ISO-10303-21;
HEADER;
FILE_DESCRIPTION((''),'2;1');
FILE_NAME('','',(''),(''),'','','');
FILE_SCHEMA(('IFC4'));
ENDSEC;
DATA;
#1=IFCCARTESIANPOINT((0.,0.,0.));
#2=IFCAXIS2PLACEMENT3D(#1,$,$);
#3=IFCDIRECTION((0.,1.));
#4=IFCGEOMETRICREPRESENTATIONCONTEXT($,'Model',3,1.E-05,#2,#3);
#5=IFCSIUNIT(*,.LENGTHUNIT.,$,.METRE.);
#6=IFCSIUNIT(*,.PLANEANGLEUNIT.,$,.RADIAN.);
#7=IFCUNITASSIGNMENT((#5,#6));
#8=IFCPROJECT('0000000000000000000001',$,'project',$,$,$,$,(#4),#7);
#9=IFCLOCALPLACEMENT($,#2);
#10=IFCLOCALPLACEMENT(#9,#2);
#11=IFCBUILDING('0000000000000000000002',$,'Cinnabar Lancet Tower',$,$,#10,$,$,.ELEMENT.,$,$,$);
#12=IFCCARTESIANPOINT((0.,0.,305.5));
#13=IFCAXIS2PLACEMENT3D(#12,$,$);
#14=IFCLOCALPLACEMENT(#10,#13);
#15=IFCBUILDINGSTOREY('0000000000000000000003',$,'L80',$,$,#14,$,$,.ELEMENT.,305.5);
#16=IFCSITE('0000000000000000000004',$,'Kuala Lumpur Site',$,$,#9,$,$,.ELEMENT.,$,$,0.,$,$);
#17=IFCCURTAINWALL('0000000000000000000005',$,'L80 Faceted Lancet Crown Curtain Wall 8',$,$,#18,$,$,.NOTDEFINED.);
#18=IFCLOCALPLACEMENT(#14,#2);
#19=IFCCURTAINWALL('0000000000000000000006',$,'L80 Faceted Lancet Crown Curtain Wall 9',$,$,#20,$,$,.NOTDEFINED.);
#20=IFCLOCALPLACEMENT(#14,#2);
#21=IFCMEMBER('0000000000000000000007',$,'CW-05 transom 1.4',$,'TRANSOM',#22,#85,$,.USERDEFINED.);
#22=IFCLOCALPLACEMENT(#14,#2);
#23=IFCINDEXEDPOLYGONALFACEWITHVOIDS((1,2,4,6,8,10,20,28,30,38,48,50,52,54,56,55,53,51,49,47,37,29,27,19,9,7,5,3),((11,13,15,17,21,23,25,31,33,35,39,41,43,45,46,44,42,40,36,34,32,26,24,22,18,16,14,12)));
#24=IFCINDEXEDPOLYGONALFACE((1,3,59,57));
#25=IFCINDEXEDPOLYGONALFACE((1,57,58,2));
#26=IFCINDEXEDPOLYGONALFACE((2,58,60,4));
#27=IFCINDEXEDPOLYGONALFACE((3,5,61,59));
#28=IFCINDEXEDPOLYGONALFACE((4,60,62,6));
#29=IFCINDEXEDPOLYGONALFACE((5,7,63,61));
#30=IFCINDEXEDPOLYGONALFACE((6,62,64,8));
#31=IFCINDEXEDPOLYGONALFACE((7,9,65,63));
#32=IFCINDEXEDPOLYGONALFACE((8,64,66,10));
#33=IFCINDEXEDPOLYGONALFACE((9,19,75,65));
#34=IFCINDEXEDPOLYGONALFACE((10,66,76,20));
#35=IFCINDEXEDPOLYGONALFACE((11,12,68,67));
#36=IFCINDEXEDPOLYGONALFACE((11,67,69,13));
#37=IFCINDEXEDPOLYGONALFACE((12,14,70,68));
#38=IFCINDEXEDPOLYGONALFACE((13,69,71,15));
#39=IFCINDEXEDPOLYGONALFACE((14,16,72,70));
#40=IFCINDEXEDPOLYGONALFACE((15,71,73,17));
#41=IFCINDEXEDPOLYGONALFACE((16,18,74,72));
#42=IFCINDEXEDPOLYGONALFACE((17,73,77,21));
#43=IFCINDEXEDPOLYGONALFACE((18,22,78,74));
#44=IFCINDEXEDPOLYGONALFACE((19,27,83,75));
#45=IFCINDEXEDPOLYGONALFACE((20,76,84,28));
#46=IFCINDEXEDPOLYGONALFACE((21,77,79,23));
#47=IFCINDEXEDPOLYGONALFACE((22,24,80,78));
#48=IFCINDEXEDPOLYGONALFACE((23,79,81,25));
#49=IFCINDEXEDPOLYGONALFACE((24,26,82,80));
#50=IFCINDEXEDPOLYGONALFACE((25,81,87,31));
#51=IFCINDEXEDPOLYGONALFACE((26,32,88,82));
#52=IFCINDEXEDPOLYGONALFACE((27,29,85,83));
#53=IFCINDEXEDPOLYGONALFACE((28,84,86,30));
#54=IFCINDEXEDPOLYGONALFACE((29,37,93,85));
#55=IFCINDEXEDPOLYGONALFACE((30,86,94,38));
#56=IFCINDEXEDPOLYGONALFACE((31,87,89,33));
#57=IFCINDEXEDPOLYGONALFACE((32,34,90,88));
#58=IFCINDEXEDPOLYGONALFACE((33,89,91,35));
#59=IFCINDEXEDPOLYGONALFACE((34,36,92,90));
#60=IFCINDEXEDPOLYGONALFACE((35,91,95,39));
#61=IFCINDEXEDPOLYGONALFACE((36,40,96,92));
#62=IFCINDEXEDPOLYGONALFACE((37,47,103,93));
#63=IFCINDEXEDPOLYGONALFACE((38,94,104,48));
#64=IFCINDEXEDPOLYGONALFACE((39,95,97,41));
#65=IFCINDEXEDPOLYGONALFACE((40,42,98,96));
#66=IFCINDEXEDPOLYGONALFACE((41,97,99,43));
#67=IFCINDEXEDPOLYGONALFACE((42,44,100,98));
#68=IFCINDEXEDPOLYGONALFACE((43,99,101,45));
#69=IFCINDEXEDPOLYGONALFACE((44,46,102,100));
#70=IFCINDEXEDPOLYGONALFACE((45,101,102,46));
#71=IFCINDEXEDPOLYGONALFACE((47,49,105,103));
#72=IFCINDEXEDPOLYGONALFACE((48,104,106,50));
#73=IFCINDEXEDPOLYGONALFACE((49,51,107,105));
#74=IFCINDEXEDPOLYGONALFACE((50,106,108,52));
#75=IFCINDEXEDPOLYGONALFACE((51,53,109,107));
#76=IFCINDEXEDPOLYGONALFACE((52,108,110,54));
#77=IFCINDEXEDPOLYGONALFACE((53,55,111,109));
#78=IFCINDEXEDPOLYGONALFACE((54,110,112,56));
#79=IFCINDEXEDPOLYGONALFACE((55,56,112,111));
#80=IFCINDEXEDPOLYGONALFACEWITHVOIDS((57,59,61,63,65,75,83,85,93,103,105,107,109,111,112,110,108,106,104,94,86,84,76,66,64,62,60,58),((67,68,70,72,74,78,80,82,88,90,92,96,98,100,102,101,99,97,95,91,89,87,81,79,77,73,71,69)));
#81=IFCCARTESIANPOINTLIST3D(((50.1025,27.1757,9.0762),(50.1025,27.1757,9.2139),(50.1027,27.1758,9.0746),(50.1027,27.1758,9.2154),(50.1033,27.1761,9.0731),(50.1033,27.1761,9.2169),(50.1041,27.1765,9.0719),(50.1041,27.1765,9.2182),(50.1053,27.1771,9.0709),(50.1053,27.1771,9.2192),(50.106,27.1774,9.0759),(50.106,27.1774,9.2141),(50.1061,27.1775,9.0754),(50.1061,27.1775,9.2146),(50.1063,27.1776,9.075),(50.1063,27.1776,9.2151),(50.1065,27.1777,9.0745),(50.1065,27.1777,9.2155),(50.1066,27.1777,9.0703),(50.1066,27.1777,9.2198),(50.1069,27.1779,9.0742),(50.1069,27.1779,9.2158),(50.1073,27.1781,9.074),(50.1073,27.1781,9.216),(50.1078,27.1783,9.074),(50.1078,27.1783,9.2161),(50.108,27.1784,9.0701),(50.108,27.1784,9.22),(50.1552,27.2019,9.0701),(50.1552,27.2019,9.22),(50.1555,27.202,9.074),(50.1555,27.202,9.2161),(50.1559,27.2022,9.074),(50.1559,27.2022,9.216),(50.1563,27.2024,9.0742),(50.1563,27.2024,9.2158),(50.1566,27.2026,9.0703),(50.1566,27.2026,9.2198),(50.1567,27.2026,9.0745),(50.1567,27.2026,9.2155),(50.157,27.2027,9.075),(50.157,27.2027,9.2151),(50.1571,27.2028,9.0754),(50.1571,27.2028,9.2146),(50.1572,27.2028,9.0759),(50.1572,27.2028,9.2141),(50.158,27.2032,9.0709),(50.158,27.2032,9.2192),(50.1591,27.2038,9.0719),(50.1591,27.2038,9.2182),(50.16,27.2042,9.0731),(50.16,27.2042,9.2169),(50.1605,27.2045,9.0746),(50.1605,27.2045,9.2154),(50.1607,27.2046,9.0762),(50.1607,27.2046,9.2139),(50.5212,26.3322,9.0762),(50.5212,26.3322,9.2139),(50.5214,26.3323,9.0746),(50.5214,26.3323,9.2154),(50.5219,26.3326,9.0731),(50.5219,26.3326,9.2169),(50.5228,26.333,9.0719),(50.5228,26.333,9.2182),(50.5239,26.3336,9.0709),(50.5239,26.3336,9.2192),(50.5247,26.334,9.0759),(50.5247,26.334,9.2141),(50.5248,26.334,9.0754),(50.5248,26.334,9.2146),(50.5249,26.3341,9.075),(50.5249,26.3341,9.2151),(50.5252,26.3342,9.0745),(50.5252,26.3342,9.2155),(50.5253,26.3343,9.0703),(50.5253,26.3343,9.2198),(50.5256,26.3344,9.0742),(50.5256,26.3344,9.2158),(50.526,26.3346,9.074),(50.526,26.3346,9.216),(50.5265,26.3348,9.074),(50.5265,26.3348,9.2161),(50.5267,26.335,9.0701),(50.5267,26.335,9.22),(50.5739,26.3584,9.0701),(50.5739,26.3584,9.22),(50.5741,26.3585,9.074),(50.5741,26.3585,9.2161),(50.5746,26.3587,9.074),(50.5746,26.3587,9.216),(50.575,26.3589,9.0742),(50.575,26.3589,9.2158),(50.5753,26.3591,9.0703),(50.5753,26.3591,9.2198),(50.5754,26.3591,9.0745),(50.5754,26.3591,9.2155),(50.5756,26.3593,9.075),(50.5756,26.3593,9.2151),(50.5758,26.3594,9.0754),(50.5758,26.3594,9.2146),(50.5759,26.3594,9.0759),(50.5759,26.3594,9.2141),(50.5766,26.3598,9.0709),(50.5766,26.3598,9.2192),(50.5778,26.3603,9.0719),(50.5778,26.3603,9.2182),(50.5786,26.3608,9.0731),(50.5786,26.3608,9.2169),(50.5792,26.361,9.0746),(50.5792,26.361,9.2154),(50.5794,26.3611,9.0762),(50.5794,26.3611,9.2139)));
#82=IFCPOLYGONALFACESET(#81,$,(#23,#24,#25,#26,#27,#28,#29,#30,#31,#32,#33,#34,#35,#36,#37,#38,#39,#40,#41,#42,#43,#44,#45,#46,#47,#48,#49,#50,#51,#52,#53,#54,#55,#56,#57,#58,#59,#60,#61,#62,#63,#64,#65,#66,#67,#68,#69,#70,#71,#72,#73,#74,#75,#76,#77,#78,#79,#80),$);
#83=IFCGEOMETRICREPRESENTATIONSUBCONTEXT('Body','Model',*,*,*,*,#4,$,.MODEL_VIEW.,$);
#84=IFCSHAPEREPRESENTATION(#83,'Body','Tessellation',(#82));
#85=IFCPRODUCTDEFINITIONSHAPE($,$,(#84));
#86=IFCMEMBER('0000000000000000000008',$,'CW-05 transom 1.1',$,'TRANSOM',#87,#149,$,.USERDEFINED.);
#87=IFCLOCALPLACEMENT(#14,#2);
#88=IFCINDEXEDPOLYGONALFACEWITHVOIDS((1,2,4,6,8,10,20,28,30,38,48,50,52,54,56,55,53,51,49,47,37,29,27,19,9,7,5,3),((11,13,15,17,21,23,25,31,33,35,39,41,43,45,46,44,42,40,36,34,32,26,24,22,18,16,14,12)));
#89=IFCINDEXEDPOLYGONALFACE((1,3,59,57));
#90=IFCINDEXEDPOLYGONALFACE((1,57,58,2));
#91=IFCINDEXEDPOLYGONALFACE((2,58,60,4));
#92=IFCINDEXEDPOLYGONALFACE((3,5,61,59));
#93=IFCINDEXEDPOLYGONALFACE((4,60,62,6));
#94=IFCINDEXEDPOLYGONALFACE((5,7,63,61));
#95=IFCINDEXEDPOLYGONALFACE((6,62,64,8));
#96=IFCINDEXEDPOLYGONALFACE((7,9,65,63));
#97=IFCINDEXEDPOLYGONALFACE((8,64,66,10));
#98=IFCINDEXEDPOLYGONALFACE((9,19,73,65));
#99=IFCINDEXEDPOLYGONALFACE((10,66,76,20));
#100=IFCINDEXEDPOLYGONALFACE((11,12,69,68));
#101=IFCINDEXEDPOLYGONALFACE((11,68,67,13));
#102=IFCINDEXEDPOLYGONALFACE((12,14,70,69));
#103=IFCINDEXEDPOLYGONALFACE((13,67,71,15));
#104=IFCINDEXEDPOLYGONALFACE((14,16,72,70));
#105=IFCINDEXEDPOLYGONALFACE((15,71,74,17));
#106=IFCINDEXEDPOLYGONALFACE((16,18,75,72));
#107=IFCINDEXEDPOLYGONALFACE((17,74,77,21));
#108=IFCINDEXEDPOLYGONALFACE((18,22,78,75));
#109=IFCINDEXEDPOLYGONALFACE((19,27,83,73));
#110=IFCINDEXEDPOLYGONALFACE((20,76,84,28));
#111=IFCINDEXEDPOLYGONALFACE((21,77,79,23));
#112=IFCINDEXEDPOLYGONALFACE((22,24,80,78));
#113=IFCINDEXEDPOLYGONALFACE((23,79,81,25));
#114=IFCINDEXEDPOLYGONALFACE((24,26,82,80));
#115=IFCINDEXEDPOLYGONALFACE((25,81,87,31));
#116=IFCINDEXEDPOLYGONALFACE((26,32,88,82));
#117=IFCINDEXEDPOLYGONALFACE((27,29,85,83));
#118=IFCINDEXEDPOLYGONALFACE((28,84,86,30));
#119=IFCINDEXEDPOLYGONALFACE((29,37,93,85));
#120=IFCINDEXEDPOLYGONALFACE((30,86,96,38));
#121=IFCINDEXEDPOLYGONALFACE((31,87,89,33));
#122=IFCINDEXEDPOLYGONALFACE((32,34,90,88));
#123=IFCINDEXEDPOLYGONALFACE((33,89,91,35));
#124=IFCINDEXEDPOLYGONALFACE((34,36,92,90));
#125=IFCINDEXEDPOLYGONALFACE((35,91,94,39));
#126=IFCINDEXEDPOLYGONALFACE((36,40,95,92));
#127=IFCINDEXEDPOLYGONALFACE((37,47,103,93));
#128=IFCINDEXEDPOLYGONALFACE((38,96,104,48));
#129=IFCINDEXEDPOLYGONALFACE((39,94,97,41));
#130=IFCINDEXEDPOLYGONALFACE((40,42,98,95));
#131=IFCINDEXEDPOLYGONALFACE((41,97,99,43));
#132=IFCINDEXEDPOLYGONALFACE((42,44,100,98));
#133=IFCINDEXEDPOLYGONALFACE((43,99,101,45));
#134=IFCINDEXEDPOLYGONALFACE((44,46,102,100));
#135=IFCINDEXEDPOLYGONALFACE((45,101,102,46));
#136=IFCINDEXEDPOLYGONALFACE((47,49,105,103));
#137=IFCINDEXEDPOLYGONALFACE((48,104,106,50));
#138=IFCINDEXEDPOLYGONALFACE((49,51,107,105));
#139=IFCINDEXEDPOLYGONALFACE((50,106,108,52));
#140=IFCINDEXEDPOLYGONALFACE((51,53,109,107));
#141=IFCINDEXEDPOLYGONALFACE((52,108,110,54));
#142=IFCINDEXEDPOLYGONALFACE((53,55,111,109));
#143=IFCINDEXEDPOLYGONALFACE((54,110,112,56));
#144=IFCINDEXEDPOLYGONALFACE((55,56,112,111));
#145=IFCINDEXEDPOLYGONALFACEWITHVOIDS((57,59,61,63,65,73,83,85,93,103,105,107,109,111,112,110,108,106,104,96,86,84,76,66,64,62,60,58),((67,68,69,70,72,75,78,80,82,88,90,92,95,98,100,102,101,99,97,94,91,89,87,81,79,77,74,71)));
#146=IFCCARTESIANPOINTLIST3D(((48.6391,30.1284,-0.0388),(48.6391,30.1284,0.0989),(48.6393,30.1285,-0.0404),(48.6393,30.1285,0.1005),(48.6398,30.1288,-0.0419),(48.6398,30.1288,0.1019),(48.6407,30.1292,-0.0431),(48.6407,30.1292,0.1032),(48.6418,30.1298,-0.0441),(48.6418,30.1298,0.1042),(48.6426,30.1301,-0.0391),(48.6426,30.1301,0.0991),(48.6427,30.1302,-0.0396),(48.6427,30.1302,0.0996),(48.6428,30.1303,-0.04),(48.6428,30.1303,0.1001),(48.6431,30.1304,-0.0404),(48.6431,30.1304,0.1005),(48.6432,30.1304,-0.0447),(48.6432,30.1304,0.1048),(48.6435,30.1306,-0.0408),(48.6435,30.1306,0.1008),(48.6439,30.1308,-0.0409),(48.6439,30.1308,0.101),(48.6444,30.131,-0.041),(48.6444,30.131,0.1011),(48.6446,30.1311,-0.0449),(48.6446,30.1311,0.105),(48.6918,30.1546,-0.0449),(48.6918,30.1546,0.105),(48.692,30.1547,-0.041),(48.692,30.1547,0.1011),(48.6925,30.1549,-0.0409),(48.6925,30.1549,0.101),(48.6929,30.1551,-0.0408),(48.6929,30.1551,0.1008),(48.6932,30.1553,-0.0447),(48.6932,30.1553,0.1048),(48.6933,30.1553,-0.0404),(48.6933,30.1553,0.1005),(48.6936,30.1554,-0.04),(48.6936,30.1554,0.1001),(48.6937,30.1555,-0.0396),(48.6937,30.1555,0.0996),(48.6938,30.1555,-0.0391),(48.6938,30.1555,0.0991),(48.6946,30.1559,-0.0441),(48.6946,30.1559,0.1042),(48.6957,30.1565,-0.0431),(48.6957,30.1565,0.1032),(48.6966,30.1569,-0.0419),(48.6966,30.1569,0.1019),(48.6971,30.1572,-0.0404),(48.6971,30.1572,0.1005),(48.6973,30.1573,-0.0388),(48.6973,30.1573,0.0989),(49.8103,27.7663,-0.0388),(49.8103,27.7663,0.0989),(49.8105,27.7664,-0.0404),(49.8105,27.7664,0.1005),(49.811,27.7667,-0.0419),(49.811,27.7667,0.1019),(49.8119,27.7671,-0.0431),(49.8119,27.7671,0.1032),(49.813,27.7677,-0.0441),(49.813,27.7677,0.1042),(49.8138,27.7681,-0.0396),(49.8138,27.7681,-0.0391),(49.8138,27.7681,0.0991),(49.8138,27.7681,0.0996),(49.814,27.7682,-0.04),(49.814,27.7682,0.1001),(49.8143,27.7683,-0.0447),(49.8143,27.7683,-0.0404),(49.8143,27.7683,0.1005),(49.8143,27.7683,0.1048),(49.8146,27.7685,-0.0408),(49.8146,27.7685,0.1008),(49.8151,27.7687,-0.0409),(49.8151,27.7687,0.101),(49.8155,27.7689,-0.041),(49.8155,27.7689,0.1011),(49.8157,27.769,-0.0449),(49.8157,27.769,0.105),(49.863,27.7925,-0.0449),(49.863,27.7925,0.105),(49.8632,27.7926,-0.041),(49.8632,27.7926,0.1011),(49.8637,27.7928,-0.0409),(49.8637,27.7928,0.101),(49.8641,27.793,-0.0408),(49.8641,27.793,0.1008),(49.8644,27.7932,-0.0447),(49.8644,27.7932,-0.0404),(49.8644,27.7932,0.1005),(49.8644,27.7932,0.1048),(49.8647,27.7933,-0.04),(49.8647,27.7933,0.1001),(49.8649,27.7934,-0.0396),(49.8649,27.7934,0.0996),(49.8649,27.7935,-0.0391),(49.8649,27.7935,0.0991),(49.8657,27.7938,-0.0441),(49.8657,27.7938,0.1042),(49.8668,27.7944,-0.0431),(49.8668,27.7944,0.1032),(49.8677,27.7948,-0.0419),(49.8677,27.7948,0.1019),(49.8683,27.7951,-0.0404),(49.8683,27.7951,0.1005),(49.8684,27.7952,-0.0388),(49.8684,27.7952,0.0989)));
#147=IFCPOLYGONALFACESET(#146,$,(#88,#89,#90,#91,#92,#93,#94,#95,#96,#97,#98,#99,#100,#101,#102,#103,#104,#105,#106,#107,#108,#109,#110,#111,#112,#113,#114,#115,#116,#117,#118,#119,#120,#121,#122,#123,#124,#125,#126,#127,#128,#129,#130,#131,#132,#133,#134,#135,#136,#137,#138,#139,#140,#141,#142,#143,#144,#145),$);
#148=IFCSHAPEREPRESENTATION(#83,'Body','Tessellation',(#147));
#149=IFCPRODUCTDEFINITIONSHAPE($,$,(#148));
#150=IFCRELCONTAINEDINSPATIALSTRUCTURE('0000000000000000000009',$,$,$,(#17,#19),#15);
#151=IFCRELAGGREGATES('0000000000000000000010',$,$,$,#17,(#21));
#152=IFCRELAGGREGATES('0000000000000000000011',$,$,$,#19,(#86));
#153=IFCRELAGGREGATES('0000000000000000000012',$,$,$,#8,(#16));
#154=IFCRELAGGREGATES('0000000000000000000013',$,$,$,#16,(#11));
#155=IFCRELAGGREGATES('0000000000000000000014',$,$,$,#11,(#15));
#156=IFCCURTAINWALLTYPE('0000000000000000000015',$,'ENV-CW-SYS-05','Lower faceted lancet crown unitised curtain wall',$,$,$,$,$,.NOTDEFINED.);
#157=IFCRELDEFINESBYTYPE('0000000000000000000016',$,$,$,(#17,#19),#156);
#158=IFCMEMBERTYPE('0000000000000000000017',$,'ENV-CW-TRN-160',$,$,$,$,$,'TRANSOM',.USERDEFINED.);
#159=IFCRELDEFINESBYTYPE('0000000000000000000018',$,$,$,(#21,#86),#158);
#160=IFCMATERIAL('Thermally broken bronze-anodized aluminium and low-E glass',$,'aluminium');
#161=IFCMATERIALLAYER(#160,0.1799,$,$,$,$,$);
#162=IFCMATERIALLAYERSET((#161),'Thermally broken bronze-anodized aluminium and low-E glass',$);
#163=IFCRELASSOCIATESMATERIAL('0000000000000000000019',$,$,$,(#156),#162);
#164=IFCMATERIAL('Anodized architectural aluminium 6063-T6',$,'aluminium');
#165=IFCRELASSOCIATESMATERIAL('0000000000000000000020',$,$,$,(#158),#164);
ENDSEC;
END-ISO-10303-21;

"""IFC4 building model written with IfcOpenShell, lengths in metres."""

from ifc_helpers import new_model, si_unit, direction, frame, origin, origin_2d, place, context, subcontext, project, spatial, hollow_rectangle, extrude, material, layer, layer_set, material_profile, profile_set, type_object, element, aggregate, save


model = new_model("IFC4")

# Units and contexts
model_context = context("Model", 3, precision=1e-05, world=origin(), true_north=direction((0.0, 1.0)))
body_context = subcontext(model_context, "Body", "Model", "MODEL_VIEW")
ifc_project = project(units=[si_unit("LENGTHUNIT", "METRE"), si_unit("PLANEANGLEUNIT", "RADIAN")], contexts=[model_context])

# Site, building, storey
site_placement = place(None, origin())
site = spatial("IfcSite", under=ifc_project, at=site_placement, Name="Kuala Lumpur Site", CompositionType="ELEMENT", RefElevation=0.0)
building_placement = place(site_placement, origin())
building = spatial("IfcBuilding", under=site, at=building_placement, Name="Cinnabar Lancet Tower", CompositionType="ELEMENT")
storey_placement = place(building_placement, frame((0.0, 0.0, 305.5)))
storey = spatial("IfcBuildingStorey", under=building, at=storey_placement, Name="L80", CompositionType="ELEMENT", Elevation=305.5)

# Shared definitions
ifc_material_1 = material(Name="Thermally broken bronze-anodized aluminium and low-E glass", Category="aluminium")
ifc_layer_1 = layer(ifc_material_1, 0.1799)
ifc_layer_set_1 = layer_set([ifc_layer_1], Name="Thermally broken bronze-anodized aluminium and low-E glass")
curtain_wall_type = type_object("IfcCurtainWallType", Name="ENV-CW-SYS-05", Description="Lower faceted lancet crown unitised curtain wall", PredefinedType="NOTDEFINED", material=ifc_layer_set_1)

# Curtain walls
curtain_wall_1_placement = place(storey_placement, origin())
curtain_wall_1 = element("IfcCurtainWall", 1, at=curtain_wall_1_placement, inside=storey, type_object=curtain_wall_type, Name="L80 Faceted Lancet Crown Curtain Wall 8", PredefinedType="NOTDEFINED")
curtain_wall_2_placement = place(storey_placement, origin())
curtain_wall_2 = element("IfcCurtainWall", 2, at=curtain_wall_2_placement, inside=storey, type_object=curtain_wall_type, Name="L80 Faceted Lancet Crown Curtain Wall 9", PredefinedType="NOTDEFINED")

# Members
ifc_material_2 = material(Name="Anodized architectural aluminium 6063-T6", Category="aluminium")
ifc_material_profile_1 = material_profile(ifc_material_2, hollow_rectangle(XDim=0.0649, YDim=0.1499, WallThickness=0.0039, InnerFilletRadius=0.002, OuterFilletRadius=0.0061, at=origin_2d()), Name="CW-TRN 150x65x4")
ifc_profile_set_1 = profile_set([ifc_material_profile_1], Name="Anodized architectural aluminium 6063-T6")
member_type_1 = type_object("IfcMemberType", Name="ENV-CW-TRN-160", ElementType="TRANSOM", PredefinedType="USERDEFINED", material=ifc_profile_set_1)
member_1_placement = place(storey_placement, frame((50.5503, 26.3467, 9.145), z_axis=(-0.444619, 0.89572, 0.0), x_axis=(-0.89572, -0.444619, 0.0)))
member_1 = element("IfcMember", 3, at=member_1_placement, type_object=member_type_1, Name="CW-05 transom 1.4", ObjectType="TRANSOM", PredefinedType="USERDEFINED", context=body_context, shape_type="SweptSolid", body=[
    extrude(hollow_rectangle(XDim=0.0649, YDim=0.1499, WallThickness=0.0039, InnerFilletRadius=0.002, OuterFilletRadius=0.0061, at=origin_2d()), origin(), (0.0, 0.0, 1.0), 0.9417),
])
member_2_placement = place(storey_placement, frame((49.8394, 27.7808, 0.03), z_axis=(-0.444211, 0.895922, 0.0), x_axis=(-0.895922, -0.444211, 0.0)))
member_2 = element("IfcMember", 4, at=member_2_placement, type_object=member_type_1, Name="CW-05 transom 1.1", ObjectType="TRANSOM", PredefinedType="USERDEFINED", context=body_context, shape_type="SweptSolid", body=[
    extrude(hollow_rectangle(XDim=0.0649, YDim=0.1499, WallThickness=0.0039, InnerFilletRadius=0.002, OuterFilletRadius=0.0061, at=origin_2d()), origin(), (0.0, 0.0, 1.0), 2.6365),
])

aggregate(curtain_wall_1, [member_1])
aggregate(curtain_wall_2, [member_2])

save(model, "model.ifc")
